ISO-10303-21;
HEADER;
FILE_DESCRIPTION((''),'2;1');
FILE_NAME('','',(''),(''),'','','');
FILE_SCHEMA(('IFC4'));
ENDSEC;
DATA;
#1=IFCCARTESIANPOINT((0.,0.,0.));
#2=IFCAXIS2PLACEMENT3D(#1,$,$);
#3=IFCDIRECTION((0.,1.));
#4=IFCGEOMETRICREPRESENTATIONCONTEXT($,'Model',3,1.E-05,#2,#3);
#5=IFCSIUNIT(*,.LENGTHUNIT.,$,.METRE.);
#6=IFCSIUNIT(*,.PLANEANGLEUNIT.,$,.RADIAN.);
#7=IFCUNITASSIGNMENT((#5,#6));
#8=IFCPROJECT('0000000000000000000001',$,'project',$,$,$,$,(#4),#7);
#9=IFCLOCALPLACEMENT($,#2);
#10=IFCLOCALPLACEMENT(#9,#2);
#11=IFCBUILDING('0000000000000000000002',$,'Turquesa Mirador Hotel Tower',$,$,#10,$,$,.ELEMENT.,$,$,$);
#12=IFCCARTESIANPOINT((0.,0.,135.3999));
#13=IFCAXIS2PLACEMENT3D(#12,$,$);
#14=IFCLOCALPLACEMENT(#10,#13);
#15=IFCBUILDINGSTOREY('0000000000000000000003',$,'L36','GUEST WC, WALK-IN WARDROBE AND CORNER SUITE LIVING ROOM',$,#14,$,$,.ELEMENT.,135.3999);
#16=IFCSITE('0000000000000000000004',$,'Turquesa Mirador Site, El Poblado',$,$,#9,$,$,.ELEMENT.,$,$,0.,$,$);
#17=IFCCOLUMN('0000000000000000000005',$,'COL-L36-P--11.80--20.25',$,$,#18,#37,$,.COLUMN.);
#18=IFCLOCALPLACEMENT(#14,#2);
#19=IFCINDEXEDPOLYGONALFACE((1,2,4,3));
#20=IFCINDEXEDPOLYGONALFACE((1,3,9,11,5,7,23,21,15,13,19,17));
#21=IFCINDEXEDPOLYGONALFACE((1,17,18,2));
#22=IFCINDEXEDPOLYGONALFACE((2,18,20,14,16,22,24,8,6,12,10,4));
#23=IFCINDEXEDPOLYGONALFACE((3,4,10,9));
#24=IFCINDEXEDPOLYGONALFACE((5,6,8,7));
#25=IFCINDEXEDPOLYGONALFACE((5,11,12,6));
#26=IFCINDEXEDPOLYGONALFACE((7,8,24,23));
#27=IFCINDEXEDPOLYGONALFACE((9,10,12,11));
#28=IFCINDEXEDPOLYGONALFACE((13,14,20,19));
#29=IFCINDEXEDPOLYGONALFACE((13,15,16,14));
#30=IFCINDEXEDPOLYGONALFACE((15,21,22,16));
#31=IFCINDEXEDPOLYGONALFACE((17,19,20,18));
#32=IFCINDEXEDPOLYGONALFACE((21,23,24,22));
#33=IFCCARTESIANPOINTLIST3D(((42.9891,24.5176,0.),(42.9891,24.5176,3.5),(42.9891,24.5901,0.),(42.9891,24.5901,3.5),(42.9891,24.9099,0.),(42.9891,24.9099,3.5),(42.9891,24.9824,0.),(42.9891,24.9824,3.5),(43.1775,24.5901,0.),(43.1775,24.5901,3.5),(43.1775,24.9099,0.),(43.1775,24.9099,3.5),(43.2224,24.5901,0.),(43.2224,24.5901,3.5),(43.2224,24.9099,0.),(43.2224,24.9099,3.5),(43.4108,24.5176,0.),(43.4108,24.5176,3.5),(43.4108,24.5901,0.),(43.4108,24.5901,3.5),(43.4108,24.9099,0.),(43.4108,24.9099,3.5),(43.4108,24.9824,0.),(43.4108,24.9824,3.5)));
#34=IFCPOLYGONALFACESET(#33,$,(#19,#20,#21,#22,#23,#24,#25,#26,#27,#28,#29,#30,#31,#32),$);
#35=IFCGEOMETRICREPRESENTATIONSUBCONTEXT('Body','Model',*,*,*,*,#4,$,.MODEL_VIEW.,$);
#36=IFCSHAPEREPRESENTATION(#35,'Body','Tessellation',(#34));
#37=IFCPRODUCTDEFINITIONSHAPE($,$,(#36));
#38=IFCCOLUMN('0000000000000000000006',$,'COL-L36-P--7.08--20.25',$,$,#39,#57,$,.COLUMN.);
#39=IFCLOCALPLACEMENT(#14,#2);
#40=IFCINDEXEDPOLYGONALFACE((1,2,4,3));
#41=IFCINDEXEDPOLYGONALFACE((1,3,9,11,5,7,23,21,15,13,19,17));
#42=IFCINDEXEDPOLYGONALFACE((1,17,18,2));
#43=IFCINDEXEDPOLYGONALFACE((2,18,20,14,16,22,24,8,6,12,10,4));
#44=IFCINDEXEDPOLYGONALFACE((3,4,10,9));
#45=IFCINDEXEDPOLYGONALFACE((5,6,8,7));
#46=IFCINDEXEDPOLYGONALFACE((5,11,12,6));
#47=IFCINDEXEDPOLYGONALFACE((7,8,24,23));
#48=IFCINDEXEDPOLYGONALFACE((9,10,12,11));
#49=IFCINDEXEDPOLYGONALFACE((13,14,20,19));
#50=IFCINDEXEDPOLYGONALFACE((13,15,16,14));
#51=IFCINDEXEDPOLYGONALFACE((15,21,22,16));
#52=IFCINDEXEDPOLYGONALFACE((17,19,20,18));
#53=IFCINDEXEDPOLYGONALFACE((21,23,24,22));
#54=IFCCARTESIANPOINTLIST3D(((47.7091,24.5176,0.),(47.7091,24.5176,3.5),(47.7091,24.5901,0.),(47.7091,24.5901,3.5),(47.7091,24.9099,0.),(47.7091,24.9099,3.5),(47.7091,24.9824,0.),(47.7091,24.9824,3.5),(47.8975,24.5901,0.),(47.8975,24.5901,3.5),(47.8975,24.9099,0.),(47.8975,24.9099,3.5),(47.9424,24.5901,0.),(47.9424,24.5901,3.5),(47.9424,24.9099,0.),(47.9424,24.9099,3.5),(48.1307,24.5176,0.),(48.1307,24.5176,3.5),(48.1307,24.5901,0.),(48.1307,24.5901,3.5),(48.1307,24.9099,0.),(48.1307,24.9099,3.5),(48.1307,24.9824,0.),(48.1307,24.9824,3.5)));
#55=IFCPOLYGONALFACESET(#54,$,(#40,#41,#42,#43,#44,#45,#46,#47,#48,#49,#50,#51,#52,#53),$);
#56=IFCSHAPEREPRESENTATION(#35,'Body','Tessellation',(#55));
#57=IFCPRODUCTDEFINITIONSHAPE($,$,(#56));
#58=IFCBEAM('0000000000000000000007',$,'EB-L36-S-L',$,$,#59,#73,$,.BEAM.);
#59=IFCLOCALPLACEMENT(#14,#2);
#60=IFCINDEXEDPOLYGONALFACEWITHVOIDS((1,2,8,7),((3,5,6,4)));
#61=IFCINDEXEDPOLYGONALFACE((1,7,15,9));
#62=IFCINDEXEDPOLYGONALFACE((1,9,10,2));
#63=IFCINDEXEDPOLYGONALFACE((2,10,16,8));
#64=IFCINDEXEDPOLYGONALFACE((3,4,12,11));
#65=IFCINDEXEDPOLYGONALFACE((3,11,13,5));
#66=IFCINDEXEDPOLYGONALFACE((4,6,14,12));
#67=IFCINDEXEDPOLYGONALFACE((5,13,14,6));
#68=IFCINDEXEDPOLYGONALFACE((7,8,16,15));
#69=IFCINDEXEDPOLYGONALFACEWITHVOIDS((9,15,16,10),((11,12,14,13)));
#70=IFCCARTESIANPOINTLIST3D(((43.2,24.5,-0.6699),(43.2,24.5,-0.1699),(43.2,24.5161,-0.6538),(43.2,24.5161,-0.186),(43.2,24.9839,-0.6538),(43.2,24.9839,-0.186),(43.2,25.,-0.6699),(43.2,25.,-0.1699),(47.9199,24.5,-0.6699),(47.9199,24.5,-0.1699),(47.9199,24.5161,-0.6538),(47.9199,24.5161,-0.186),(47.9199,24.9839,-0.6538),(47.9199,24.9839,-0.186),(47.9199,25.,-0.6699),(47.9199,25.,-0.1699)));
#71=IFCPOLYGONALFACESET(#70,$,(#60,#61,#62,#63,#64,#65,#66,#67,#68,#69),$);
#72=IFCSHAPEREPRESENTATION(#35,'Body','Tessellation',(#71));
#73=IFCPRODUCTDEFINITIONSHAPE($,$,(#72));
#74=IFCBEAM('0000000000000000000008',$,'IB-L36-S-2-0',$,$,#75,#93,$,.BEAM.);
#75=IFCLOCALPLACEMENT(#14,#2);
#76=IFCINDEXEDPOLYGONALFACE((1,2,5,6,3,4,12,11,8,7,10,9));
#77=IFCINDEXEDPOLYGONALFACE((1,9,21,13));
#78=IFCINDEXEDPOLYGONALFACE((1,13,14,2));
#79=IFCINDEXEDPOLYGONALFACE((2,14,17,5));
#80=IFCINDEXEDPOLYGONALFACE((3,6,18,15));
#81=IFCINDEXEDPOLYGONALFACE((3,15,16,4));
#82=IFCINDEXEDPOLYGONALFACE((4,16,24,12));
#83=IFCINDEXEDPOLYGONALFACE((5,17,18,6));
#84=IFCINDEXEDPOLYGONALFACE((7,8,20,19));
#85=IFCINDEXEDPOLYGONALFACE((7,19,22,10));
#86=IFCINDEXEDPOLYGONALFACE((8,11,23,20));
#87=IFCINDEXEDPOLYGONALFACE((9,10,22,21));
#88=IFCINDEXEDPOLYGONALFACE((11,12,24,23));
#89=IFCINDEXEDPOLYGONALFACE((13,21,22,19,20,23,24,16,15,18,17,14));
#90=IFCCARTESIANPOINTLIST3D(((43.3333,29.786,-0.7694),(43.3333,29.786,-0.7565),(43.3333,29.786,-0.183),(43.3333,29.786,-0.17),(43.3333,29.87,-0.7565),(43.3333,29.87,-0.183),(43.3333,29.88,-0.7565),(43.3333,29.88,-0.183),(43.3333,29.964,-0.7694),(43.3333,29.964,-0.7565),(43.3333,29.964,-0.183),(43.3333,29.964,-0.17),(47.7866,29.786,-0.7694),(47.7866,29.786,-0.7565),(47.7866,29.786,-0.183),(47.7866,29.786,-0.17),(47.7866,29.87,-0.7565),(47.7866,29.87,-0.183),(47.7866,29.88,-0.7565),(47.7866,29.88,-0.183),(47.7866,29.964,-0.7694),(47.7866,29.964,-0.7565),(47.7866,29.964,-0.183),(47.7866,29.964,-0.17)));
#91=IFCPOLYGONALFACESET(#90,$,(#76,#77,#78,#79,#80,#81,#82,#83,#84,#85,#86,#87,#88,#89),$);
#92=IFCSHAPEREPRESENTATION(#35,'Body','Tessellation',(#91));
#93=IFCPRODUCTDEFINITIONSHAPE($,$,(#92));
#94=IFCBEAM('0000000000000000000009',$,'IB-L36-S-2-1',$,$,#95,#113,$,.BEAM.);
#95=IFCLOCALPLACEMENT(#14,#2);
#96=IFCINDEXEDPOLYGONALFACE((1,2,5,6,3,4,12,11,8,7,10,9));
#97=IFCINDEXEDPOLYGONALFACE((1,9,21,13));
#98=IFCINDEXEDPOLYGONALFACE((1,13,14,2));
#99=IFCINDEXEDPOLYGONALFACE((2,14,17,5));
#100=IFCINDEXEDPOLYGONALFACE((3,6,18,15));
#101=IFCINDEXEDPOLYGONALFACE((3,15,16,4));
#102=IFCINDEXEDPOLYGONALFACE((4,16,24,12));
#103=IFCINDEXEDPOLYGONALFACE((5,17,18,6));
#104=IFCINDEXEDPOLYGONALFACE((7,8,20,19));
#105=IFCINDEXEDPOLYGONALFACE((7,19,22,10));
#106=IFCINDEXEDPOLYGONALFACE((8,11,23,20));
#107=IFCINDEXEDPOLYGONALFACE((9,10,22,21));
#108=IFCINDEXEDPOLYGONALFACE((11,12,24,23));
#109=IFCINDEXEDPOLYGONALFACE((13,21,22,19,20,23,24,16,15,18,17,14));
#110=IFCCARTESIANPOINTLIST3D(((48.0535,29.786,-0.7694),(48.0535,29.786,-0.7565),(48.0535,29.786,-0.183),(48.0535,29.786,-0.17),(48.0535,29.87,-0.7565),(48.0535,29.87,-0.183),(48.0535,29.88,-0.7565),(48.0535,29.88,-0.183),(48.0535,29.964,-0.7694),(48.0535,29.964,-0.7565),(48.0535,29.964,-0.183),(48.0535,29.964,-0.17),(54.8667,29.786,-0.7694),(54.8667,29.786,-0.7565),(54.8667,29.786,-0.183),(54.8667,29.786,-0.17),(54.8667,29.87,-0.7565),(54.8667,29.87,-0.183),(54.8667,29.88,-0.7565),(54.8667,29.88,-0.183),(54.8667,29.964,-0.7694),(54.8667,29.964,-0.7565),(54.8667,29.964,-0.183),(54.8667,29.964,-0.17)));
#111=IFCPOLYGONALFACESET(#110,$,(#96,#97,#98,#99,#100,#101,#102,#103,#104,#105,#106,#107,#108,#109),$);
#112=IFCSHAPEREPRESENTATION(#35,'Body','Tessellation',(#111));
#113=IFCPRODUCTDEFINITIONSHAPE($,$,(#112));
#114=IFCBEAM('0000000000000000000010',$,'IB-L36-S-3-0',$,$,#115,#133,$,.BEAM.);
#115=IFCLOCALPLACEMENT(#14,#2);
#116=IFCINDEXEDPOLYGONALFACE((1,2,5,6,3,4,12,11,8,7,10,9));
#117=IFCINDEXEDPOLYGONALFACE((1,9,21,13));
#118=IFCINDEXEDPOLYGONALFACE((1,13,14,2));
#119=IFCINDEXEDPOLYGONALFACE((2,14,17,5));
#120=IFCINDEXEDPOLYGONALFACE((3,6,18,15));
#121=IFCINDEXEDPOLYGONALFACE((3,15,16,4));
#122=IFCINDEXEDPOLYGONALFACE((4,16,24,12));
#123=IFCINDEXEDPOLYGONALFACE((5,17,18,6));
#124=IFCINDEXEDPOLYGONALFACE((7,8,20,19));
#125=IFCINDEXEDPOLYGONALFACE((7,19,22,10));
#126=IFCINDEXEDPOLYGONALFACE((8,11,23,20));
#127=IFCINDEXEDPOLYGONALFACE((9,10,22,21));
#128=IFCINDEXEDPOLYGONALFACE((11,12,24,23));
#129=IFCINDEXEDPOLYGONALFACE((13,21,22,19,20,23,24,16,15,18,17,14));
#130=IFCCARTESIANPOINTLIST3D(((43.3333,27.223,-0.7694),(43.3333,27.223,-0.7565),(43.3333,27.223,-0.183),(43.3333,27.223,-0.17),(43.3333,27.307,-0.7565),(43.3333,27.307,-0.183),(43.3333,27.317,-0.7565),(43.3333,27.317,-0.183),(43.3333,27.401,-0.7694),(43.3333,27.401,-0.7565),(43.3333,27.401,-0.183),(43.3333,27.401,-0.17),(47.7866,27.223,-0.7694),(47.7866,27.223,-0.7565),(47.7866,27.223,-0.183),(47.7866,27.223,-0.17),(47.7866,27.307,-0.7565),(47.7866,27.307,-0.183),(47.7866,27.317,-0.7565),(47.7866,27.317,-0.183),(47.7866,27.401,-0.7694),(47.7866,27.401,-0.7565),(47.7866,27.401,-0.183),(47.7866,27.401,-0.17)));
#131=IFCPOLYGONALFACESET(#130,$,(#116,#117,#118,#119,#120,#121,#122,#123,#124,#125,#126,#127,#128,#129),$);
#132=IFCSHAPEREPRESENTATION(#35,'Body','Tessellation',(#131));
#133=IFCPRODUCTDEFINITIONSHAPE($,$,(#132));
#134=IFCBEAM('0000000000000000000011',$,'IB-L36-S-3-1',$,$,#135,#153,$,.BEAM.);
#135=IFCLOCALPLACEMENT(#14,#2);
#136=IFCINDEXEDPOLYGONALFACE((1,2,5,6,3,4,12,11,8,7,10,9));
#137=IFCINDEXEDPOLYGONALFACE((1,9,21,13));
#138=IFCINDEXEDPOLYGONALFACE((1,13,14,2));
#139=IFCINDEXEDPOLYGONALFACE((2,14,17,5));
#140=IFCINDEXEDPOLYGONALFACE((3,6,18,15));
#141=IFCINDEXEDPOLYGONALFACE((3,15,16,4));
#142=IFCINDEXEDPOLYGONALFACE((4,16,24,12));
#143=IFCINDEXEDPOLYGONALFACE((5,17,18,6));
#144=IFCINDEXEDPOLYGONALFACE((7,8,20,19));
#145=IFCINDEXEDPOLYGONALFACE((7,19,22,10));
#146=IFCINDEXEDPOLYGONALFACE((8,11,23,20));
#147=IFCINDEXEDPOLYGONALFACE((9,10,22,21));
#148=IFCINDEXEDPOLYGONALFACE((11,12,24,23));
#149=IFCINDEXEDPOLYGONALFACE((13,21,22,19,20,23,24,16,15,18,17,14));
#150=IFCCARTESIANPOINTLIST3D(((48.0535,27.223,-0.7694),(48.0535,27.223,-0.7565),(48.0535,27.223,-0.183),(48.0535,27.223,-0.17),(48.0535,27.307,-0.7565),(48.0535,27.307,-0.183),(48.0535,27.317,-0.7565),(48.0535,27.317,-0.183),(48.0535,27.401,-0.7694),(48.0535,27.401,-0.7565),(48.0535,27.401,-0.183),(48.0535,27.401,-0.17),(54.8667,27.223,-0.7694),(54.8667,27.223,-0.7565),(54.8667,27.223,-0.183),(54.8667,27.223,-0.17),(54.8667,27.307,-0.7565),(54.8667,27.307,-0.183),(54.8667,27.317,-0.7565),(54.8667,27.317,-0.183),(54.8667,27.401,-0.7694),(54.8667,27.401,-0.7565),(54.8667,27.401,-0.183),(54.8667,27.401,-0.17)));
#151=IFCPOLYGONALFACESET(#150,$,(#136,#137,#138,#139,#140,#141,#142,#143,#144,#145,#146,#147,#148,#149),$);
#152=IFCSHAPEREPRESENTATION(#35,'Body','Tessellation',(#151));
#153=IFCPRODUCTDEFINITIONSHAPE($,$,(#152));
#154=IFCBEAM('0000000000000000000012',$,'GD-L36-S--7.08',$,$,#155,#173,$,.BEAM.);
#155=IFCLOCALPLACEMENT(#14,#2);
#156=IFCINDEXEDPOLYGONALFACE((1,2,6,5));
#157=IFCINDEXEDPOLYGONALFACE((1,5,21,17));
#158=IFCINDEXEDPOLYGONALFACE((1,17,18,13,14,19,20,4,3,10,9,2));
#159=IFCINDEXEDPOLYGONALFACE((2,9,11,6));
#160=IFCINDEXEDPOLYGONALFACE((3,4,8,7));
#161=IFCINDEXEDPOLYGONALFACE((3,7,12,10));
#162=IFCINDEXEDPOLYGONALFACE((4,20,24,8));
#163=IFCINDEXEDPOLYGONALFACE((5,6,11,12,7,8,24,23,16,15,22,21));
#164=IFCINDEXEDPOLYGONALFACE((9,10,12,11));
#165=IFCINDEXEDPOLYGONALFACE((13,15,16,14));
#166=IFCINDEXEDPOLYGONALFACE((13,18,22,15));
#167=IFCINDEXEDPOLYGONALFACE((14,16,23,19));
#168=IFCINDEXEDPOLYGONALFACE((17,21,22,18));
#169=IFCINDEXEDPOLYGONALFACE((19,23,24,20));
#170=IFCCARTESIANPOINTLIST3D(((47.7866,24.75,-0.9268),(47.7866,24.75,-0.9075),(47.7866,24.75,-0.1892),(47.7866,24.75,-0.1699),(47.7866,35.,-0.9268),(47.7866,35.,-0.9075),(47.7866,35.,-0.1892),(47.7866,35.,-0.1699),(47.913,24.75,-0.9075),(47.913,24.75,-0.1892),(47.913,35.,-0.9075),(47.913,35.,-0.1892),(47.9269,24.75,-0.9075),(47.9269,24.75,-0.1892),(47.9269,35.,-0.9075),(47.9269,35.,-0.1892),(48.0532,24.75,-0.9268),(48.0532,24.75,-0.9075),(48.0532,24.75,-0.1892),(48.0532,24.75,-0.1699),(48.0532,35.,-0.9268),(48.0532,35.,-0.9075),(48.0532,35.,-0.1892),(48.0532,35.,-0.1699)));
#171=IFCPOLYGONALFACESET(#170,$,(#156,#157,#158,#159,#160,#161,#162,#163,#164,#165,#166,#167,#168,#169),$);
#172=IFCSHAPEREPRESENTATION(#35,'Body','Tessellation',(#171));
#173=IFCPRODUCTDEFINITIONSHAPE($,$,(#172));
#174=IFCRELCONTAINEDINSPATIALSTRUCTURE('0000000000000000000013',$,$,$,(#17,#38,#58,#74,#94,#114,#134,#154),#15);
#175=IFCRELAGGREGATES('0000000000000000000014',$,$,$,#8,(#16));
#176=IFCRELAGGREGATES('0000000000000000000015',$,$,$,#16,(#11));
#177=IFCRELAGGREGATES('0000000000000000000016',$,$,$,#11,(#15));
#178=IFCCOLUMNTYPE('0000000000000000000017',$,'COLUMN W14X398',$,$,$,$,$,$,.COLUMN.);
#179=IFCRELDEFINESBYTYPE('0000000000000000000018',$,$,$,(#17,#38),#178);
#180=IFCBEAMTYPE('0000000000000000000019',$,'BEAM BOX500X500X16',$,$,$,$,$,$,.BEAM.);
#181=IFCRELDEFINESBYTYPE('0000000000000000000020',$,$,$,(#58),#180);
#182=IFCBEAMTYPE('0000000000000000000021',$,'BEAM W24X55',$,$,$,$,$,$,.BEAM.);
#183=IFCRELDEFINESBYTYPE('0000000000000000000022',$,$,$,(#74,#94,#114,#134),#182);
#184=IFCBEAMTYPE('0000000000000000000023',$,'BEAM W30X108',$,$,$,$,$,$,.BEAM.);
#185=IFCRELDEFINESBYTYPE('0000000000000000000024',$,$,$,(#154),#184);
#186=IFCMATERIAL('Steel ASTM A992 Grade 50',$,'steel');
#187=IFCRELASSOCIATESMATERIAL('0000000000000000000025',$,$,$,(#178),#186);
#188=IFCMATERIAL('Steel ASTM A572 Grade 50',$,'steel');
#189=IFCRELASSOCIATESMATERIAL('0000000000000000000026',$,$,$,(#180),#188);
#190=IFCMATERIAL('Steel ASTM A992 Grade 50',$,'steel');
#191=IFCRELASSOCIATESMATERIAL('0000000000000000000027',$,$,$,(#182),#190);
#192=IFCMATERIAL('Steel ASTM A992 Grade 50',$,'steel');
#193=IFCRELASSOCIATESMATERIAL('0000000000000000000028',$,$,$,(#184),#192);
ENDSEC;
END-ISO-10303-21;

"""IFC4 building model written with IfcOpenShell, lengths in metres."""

from ifc_helpers import new_model, si_unit, direction, frame, origin, origin_2d, place, context, subcontext, project, spatial, hollow_rectangle, i_section, extrude, material, material_profile, profile_set, type_object, element, save


model = new_model("IFC4")

# Units and contexts
model_context = context("Model", 3, precision=1e-05, world=origin(), true_north=direction((0.0, 1.0)))
body_context = subcontext(model_context, "Body", "Model", "MODEL_VIEW")
ifc_project = project(units=[si_unit("LENGTHUNIT", "METRE"), si_unit("PLANEANGLEUNIT", "RADIAN")], contexts=[model_context])

# Site, building, storey
site_placement = place(None, origin())
site = spatial("IfcSite", under=ifc_project, at=site_placement, Name="Turquesa Mirador Site, El Poblado", CompositionType="ELEMENT", RefElevation=0.0)
building_placement = place(site_placement, origin())
building = spatial("IfcBuilding", under=site, at=building_placement, Name="Turquesa Mirador Hotel Tower", CompositionType="ELEMENT")
storey_placement = place(building_placement, frame((0.0, 0.0, 135.3999)))
storey = spatial("IfcBuildingStorey", under=building, at=storey_placement, Name="L36", Description="GUEST WC, WALK-IN WARDROBE AND CORNER SUITE LIVING ROOM", CompositionType="ELEMENT", Elevation=135.3999)

# Columns
ifc_material_1 = material(Name="Steel ASTM A992 Grade 50", Category="steel")
ifc_material_profile_1 = material_profile(ifc_material_1, i_section(OverallWidth=0.4216, OverallDepth=0.4648, WebThickness=0.0449, FlangeThickness=0.0725, at=origin_2d()), Name="W14X398")
ifc_profile_set_1 = profile_set([ifc_material_profile_1], Name="Steel ASTM A992 Grade 50")
column_type = type_object("IfcColumnType", Name="COLUMN W14X398", PredefinedType="COLUMN", material=ifc_profile_set_1)
for number, where, z_axis, x_axis, name in (
    (1, (43.2, 24.75, 0.0), (0.0, 0.0, 1.0), (1.0, 0.0, 0.0), "COL-L36-P--11.80--20.25"),
    (2, (47.9199, 24.75, 0.0), (0.0, 0.0, 1.0), (1.0, 0.0, 0.0), "COL-L36-P--7.08--20.25"),
):
    element("IfcColumn", number, at=place(storey_placement, frame(where, z_axis=z_axis, x_axis=x_axis)), inside=storey, type_object=column_type, Name=name, PredefinedType="COLUMN", context=body_context, shape_type="SweptSolid", body=[
        extrude(i_section(OverallWidth=0.4216, OverallDepth=0.4648, WebThickness=0.0449, FlangeThickness=0.0725, at=origin_2d()), origin(), (0.0, 0.0, 1.0), 3.5),
    ])

# Beams
ifc_material_2 = material(Name="Steel ASTM A572 Grade 50", Category="steel")
ifc_material_profile_2 = material_profile(ifc_material_2, hollow_rectangle(XDim=0.5, YDim=0.5, WallThickness=0.0161, at=origin_2d()), Name="BOX500X500X16")
ifc_profile_set_2 = profile_set([ifc_material_profile_2], Name="Steel ASTM A572 Grade 50")
beam_type_1 = type_object("IfcBeamType", Name="BEAM BOX500X500X16", PredefinedType="BEAM", material=ifc_profile_set_2)
beam_1_placement = place(storey_placement, frame((43.2, 24.75, -0.4199), z_axis=(1.0, 0.0, 0.0), x_axis=(0.0, 1.0, 0.0)))
element("IfcBeam", 3, at=beam_1_placement, inside=storey, type_object=beam_type_1, Name="EB-L36-S-L", PredefinedType="BEAM", context=body_context, shape_type="SweptSolid", body=[
    extrude(hollow_rectangle(XDim=0.5, YDim=0.5, WallThickness=0.0161, at=origin_2d()), origin(), (0.0, 0.0, 1.0), 4.72),
])
ifc_material_3 = material(Name="Steel ASTM A992 Grade 50", Category="steel")
ifc_material_profile_3 = material_profile(ifc_material_3, i_section(OverallWidth=0.178, OverallDepth=0.5994, WebThickness=0.01, FlangeThickness=0.0129, at=origin_2d()), Name="W24X55")
ifc_profile_set_3 = profile_set([ifc_material_profile_3], Name="Steel ASTM A992 Grade 50")
beam_type_2 = type_object("IfcBeamType", Name="BEAM W24X55", PredefinedType="BEAM", material=ifc_profile_set_3)
beam_2_placement = place(storey_placement, frame((43.3333, 29.875, -0.4697), z_axis=(1.0, 0.0, 0.0), x_axis=(0.0, 1.0, 0.0)))
element("IfcBeam", 4, at=beam_2_placement, inside=storey, type_object=beam_type_2, Name="IB-L36-S-2-0", PredefinedType="BEAM", context=body_context, shape_type="SweptSolid", body=[
    extrude(i_section(OverallWidth=0.178, OverallDepth=0.5994, WebThickness=0.01, FlangeThickness=0.0129, at=origin_2d()), origin(), (0.0, 0.0, 1.0), 4.4534),
])
beam_3_placement = place(storey_placement, frame((48.0535, 29.875, -0.4697), z_axis=(1.0, 0.0, 0.0), x_axis=(0.0, 1.0, 0.0)))
element("IfcBeam", 5, at=beam_3_placement, inside=storey, type_object=beam_type_2, Name="IB-L36-S-2-1", PredefinedType="BEAM", context=body_context, shape_type="SweptSolid", body=[
    extrude(i_section(OverallWidth=0.178, OverallDepth=0.5994, WebThickness=0.01, FlangeThickness=0.0129, at=origin_2d()), origin(), (0.0, 0.0, 1.0), 6.8132),
])
beam_4_placement = place(storey_placement, frame((43.3333, 27.312, -0.4697), z_axis=(1.0, 0.0, 0.0), x_axis=(0.0, 1.0, 0.0)))
element("IfcBeam", 6, at=beam_4_placement, inside=storey, type_object=beam_type_2, Name="IB-L36-S-3-0", PredefinedType="BEAM", context=body_context, shape_type="SweptSolid", body=[
    extrude(i_section(OverallWidth=0.178, OverallDepth=0.5994, WebThickness=0.01, FlangeThickness=0.0129, at=origin_2d()), origin(), (0.0, 0.0, 1.0), 4.4534),
])
beam_5_placement = place(storey_placement, frame((48.0535, 27.312, -0.4697), z_axis=(1.0, 0.0, 0.0), x_axis=(0.0, 1.0, 0.0)))
element("IfcBeam", 7, at=beam_5_placement, inside=storey, type_object=beam_type_2, Name="IB-L36-S-3-1", PredefinedType="BEAM", context=body_context, shape_type="SweptSolid", body=[
    extrude(i_section(OverallWidth=0.178, OverallDepth=0.5994, WebThickness=0.01, FlangeThickness=0.0129, at=origin_2d()), origin(), (0.0, 0.0, 1.0), 6.8132),
])
ifc_material_4 = material(Name="Steel ASTM A992 Grade 50", Category="steel")
ifc_material_profile_4 = material_profile(ifc_material_4, i_section(OverallWidth=0.2666, OverallDepth=0.7568, WebThickness=0.0139, FlangeThickness=0.0193, at=origin_2d()), Name="W30X108")
ifc_profile_set_4 = profile_set([ifc_material_profile_4], Name="Steel ASTM A992 Grade 50")
beam_type_3 = type_object("IfcBeamType", Name="BEAM W30X108", PredefinedType="BEAM", material=ifc_profile_set_4)
beam_6_placement = place(storey_placement, frame((47.9199, 24.75, -0.5483), z_axis=(0.0, 1.0, 0.0), x_axis=(-1.0, 0.0, 0.0)))
element("IfcBeam", 8, at=beam_6_placement, inside=storey, type_object=beam_type_3, Name="GD-L36-S--7.08", PredefinedType="BEAM", context=body_context, shape_type="SweptSolid", body=[
    extrude(i_section(OverallWidth=0.2666, OverallDepth=0.7568, WebThickness=0.0139, FlangeThickness=0.0193, at=origin_2d()), origin(), (0.0, 0.0, 1.0), 10.25),
])

save(model, "model.ifc")
